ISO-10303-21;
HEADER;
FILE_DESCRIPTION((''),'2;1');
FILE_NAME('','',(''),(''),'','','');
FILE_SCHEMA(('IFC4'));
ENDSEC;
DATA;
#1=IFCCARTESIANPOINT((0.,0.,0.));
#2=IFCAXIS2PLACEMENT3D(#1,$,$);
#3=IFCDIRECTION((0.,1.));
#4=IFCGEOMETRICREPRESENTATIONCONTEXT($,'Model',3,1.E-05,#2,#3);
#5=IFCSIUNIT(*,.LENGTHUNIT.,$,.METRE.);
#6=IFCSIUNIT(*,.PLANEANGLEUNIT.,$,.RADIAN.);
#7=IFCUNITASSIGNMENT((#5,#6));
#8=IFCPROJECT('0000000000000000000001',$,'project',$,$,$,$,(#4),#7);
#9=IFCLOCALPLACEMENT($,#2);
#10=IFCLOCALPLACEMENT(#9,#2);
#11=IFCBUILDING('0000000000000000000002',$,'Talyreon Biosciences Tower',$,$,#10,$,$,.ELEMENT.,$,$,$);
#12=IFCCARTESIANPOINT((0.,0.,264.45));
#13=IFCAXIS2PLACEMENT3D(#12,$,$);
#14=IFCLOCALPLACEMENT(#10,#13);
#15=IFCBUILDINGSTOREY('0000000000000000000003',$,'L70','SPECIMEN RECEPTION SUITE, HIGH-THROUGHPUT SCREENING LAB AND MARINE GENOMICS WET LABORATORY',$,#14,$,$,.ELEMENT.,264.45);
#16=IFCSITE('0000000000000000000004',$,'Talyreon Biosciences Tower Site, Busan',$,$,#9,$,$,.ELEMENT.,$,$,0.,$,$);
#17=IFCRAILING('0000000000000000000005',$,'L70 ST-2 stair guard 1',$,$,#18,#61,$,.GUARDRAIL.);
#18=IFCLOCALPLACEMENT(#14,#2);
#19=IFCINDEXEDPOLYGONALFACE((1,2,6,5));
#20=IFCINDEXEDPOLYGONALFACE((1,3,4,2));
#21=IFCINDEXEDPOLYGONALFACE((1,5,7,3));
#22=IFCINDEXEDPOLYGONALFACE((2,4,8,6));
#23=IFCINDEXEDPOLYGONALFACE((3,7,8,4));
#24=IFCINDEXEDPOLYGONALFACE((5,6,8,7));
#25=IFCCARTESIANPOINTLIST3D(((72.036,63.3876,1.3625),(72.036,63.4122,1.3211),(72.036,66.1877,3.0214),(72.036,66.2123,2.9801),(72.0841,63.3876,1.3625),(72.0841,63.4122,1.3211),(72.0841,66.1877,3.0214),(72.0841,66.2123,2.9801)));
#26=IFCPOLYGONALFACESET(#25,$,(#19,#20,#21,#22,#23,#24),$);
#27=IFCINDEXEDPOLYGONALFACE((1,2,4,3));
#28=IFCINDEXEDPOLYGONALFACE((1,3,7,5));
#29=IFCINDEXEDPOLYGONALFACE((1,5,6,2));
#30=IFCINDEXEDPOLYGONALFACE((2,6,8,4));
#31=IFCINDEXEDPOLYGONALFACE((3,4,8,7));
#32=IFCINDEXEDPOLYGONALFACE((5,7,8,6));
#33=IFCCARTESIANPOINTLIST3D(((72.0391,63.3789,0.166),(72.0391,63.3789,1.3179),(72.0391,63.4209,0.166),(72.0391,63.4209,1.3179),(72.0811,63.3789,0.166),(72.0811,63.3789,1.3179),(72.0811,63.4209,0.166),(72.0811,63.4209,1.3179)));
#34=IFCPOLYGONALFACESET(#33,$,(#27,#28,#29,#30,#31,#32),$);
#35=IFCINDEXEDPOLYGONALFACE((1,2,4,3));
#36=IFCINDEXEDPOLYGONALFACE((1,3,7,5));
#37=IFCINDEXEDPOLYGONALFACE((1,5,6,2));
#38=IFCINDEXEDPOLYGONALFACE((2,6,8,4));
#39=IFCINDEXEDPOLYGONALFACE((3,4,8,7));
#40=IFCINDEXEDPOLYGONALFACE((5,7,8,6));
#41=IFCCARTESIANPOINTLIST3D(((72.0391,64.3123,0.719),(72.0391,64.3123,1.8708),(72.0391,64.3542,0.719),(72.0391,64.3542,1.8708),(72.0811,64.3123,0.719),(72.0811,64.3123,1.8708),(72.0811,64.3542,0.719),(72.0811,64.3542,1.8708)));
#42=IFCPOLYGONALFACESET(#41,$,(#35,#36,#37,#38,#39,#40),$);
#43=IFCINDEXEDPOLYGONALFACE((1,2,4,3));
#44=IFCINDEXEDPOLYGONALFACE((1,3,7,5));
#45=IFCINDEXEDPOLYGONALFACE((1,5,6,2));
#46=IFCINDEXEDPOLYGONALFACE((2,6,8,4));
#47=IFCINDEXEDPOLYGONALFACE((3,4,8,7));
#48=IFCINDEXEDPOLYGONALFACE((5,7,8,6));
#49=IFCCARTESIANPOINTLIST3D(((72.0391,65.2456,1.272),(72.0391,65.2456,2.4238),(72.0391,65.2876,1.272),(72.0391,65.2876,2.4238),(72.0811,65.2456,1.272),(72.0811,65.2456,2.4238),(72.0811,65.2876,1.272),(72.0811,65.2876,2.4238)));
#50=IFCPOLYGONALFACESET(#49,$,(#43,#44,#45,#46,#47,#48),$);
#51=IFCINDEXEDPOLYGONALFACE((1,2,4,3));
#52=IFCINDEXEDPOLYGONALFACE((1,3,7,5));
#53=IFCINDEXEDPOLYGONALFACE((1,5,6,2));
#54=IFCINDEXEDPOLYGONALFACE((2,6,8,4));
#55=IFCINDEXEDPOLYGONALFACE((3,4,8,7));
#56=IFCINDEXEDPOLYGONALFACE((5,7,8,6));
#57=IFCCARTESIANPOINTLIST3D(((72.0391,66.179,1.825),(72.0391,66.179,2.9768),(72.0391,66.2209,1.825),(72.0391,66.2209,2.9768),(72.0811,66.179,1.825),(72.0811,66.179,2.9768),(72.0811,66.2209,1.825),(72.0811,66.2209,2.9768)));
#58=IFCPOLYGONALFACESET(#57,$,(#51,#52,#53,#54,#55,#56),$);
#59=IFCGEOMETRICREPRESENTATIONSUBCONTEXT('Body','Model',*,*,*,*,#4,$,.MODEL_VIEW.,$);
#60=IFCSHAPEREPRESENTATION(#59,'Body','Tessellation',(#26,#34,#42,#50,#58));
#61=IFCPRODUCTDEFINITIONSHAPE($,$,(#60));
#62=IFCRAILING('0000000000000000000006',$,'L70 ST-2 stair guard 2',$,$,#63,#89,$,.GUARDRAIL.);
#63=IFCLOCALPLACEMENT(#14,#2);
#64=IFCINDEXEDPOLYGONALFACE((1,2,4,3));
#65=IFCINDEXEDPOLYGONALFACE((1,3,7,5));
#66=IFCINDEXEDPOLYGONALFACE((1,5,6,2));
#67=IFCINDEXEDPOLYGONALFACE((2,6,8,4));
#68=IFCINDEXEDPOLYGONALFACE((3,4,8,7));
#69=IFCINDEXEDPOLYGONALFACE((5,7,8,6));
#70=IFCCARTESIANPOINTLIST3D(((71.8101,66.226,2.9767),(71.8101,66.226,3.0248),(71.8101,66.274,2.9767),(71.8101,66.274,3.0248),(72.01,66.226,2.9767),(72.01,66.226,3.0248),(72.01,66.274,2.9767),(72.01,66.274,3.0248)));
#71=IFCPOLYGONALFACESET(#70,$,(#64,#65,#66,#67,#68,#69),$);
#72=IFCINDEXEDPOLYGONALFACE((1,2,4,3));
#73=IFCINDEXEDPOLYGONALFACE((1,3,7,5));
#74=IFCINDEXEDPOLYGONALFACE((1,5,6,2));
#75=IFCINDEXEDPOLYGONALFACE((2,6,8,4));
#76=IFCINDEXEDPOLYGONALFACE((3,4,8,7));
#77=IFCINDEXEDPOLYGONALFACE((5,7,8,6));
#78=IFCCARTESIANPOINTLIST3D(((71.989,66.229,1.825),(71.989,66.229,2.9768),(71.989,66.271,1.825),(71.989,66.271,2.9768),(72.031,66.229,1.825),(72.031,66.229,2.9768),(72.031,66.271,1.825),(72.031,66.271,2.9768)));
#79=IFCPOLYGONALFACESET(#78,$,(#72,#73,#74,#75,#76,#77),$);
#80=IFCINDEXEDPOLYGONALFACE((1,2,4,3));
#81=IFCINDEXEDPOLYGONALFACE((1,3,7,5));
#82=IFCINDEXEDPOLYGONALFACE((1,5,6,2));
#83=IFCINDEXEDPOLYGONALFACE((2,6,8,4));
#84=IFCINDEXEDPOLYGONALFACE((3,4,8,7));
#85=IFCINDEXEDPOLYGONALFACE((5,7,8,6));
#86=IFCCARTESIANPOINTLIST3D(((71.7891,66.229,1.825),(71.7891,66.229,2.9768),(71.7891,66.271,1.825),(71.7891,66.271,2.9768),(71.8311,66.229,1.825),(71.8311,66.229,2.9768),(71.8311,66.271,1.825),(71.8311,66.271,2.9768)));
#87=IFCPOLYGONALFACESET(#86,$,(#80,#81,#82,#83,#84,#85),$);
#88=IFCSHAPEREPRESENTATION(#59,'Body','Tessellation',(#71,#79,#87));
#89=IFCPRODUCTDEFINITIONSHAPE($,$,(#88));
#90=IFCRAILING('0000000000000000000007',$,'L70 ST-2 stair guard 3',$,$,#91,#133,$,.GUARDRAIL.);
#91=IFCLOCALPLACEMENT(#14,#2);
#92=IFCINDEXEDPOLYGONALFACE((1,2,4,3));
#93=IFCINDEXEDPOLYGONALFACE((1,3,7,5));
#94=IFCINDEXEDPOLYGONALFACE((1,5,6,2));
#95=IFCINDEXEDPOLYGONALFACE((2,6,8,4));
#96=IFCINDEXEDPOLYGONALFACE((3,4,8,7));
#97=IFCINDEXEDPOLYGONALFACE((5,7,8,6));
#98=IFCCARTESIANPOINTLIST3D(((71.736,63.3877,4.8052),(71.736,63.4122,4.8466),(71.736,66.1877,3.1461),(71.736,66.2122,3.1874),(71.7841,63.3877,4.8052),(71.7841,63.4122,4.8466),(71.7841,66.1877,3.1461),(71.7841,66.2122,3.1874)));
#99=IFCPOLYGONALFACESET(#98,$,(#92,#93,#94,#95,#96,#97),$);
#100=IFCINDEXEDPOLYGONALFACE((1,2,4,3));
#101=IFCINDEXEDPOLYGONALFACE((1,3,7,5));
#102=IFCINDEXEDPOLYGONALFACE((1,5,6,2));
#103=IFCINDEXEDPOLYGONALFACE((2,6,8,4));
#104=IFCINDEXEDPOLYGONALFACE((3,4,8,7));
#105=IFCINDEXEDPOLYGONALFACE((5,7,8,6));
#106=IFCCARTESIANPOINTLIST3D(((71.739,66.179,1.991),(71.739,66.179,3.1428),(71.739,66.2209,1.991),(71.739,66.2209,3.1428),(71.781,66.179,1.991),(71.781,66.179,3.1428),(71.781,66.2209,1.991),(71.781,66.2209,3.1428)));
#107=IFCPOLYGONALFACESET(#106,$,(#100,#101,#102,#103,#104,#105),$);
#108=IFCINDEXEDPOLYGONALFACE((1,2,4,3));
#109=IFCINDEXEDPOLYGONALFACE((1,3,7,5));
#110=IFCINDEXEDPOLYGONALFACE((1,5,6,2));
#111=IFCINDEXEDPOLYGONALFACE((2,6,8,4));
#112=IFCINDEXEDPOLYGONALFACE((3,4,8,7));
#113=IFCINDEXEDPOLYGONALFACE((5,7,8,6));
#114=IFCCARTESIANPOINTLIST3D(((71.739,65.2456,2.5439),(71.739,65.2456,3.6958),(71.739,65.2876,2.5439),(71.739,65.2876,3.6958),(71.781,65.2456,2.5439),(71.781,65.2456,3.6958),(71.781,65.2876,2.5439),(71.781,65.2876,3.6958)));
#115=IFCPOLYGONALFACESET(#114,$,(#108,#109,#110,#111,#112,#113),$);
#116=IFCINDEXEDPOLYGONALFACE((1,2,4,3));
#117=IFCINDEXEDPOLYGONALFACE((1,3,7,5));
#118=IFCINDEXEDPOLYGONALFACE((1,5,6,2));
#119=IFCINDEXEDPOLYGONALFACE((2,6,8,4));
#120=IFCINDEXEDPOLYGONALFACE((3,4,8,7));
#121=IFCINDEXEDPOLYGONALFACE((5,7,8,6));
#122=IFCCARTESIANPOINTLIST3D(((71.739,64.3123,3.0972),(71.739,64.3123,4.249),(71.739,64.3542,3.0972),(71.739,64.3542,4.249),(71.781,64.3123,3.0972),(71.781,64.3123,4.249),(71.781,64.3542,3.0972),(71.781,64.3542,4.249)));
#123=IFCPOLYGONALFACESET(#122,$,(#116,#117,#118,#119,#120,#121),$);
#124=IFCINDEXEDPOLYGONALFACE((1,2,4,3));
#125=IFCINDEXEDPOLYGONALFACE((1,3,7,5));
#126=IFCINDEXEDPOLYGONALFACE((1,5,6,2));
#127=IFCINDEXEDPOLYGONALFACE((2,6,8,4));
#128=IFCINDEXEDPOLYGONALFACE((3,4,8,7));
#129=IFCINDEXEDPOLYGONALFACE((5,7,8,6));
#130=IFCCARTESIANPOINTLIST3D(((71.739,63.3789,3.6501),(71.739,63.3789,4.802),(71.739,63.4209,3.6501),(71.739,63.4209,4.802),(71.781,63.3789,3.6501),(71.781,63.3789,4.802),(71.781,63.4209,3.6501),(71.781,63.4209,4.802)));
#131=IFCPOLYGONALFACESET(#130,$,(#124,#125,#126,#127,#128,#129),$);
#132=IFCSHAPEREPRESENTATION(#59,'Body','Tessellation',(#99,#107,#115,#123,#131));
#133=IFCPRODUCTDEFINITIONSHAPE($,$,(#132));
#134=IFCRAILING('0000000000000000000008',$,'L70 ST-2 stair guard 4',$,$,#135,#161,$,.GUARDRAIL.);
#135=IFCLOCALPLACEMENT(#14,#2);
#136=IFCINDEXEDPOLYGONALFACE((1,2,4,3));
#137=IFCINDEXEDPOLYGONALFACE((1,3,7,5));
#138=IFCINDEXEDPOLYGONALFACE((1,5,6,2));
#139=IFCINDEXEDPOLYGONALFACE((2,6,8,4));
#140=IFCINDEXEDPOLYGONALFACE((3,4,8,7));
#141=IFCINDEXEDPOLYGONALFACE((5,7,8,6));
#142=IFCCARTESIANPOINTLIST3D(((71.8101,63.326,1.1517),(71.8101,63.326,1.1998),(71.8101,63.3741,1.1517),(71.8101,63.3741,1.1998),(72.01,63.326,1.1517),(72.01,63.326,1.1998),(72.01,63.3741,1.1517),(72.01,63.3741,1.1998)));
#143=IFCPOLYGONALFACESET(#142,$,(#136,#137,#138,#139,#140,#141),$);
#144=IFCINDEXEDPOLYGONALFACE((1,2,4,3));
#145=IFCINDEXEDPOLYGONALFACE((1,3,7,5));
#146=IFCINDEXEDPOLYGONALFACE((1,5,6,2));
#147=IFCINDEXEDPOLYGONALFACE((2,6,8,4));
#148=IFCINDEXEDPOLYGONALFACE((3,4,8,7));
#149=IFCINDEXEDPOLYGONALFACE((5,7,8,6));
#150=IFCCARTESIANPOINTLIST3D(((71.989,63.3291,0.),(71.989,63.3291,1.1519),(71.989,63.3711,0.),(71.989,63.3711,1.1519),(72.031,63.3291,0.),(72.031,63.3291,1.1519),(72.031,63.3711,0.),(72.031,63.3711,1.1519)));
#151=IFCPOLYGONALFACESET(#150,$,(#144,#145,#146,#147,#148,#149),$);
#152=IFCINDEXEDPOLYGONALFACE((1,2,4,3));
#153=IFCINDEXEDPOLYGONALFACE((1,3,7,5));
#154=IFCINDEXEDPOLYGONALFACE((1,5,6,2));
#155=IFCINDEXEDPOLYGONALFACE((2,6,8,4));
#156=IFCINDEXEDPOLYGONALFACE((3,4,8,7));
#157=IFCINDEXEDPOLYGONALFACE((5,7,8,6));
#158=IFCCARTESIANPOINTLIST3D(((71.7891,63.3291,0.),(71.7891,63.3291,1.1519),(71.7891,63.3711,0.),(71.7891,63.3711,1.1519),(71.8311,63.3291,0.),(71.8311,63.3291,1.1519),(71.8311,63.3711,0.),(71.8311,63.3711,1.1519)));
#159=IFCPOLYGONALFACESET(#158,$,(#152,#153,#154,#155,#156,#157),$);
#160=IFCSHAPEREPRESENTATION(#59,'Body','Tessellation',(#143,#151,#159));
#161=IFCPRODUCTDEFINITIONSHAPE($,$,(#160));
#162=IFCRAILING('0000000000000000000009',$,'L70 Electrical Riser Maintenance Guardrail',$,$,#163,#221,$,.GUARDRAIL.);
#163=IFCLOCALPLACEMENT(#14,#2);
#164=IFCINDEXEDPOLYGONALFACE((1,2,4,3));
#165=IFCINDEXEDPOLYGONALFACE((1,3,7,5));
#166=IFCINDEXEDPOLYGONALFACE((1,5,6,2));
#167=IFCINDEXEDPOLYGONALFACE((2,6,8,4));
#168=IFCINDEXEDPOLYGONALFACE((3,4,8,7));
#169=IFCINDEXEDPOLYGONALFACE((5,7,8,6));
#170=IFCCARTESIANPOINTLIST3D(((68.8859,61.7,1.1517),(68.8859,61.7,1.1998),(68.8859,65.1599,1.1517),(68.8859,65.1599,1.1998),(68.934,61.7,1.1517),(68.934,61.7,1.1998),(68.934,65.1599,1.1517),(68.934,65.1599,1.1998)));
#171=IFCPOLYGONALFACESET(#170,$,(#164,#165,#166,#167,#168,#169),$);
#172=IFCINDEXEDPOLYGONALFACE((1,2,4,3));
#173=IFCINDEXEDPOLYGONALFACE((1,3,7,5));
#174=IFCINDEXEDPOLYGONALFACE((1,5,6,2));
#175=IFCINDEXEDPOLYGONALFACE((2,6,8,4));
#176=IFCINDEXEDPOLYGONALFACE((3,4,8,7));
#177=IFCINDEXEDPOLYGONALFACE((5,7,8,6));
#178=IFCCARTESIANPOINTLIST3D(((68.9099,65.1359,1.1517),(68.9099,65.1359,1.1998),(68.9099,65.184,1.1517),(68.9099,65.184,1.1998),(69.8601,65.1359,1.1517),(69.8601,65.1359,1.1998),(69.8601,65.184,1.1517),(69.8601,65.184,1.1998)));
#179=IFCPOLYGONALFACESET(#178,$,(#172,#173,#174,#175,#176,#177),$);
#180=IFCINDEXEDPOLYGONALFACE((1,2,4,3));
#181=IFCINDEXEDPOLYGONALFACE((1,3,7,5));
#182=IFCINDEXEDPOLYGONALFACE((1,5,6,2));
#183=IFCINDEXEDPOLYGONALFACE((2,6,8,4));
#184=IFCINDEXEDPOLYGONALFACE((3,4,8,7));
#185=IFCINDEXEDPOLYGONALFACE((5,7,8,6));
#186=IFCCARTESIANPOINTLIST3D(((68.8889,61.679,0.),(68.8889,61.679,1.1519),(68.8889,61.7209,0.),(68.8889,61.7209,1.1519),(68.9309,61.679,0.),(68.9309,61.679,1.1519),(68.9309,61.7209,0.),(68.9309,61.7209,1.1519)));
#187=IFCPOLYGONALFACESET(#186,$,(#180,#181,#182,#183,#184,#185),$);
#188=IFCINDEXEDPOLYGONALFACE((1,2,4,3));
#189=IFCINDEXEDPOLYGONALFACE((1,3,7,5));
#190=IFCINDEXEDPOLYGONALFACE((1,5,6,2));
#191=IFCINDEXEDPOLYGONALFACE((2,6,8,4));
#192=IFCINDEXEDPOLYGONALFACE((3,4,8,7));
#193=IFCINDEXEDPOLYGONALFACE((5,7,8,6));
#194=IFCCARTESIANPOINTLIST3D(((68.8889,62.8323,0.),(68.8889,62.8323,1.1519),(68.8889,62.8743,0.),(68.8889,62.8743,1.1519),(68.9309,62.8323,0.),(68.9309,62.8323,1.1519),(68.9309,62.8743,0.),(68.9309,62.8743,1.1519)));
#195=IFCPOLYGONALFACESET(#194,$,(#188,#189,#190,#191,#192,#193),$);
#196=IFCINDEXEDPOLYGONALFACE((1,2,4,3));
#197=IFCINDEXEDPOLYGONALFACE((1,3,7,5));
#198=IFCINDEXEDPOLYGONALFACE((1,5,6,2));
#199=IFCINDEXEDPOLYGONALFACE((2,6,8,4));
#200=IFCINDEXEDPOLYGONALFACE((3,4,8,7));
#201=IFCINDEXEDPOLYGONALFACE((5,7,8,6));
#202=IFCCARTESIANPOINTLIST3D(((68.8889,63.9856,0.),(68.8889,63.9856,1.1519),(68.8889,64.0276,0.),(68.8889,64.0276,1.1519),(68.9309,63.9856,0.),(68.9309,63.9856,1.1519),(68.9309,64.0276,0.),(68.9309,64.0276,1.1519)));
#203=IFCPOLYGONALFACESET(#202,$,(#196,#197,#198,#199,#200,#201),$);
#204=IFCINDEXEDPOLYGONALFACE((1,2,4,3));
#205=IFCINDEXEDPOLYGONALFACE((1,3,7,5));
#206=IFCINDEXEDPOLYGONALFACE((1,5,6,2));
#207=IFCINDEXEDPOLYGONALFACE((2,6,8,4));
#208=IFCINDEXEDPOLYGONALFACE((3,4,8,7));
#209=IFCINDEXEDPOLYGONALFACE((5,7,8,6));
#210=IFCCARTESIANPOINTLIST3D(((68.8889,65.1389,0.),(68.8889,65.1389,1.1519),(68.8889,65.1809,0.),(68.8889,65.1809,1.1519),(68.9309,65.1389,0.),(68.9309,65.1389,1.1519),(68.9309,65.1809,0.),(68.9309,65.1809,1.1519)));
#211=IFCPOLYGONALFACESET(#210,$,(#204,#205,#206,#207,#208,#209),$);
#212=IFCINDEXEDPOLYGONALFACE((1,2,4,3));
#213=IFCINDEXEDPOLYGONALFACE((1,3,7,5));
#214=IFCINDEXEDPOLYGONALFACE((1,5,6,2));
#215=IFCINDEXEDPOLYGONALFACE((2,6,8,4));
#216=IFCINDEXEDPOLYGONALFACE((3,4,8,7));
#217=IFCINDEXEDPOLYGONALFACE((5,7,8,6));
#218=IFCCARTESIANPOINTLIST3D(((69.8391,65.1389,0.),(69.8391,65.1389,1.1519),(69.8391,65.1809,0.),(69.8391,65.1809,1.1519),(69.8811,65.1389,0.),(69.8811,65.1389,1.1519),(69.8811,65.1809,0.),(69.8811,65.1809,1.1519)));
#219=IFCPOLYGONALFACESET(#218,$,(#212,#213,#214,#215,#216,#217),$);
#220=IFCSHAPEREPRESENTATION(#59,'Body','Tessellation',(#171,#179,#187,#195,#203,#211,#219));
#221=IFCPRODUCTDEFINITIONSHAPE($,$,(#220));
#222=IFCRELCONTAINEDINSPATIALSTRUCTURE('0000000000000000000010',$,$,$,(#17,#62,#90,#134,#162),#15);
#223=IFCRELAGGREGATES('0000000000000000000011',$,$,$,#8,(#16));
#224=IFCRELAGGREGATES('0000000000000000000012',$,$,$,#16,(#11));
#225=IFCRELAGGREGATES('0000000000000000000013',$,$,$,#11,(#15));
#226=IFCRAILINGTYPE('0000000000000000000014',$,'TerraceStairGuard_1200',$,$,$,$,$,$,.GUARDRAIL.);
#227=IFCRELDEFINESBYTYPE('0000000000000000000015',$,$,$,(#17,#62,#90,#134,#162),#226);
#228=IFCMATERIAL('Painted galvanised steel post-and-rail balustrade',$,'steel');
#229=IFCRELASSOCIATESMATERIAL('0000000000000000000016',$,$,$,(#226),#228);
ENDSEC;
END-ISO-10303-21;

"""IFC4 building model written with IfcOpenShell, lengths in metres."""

from ifc_helpers import new_model, si_unit, direction, frame, origin, origin_2d, place, context, subcontext, project, spatial, rectangle, extrude, material, type_object, element, save


model = new_model("IFC4")

# Units and contexts
model_context = context("Model", 3, precision=1e-05, world=origin(), true_north=direction((0.0, 1.0)))
body_context = subcontext(model_context, "Body", "Model", "MODEL_VIEW")
ifc_project = project(units=[si_unit("LENGTHUNIT", "METRE"), si_unit("PLANEANGLEUNIT", "RADIAN")], contexts=[model_context])

# Site, building, storey
site_placement = place(None, origin())
site = spatial("IfcSite", under=ifc_project, at=site_placement, Name="Talyreon Biosciences Tower Site, Busan", CompositionType="ELEMENT", RefElevation=0.0)
building_placement = place(site_placement, origin())
building = spatial("IfcBuilding", under=site, at=building_placement, Name="Talyreon Biosciences Tower", CompositionType="ELEMENT")
storey_placement = place(building_placement, frame((0.0, 0.0, 264.45)))
storey = spatial("IfcBuildingStorey", under=building, at=storey_placement, Name="L70", Description="SPECIMEN RECEPTION SUITE, HIGH-THROUGHPUT SCREENING LAB AND MARINE GENOMICS WET LABORATORY", CompositionType="ELEMENT", Elevation=264.45)

# Railings
ifc_material_1 = material(Name="Painted galvanised steel post-and-rail balustrade", Category="steel")
railing_type_1 = type_object("IfcRailingType", Name="TerraceStairGuard_1200", PredefinedType="GUARDRAIL", material=ifc_material_1)
railing_1_placement = place(storey_placement, frame((72.0601, 63.3999, 0.166)))
element("IfcRailing", 1, at=railing_1_placement, inside=storey, type_object=railing_type_1, Name="L70 ST-2 stair guard 1", PredefinedType="GUARDRAIL", context=body_context, shape_type="SweptSolid", body=[
    extrude(rectangle(XDim=0.0481, YDim=0.0481, at=origin_2d()), frame((0.0, 0.0, 1.1758), z_axis=(0.0, 0.860339, 0.509722), x_axis=(-1.0, 0.0, 0.0)), (0.0, 0.0, 1.0), 3.2546),
    extrude(rectangle(XDim=0.042, YDim=0.042, at=origin_2d()), origin(), (0.0, 0.0, 1.0), 1.1519),
    extrude(rectangle(XDim=0.042, YDim=0.042, at=origin_2d()), frame((0.0, 0.9333, 0.553)), (0.0, 0.0, 1.0), 1.1519),
    extrude(rectangle(XDim=0.042, YDim=0.042, at=origin_2d()), frame((0.0, 1.8667, 1.106)), (0.0, 0.0, 1.0), 1.1519),
    extrude(rectangle(XDim=0.042, YDim=0.042, at=origin_2d()), frame((0.0, 2.8, 1.6589)), (0.0, 0.0, 1.0), 1.1519),
])
railing_2_placement = place(storey_placement, frame((72.01, 66.25, 1.825)))
element("IfcRailing", 2, at=railing_2_placement, inside=storey, type_object=railing_type_1, Name="L70 ST-2 stair guard 2", PredefinedType="GUARDRAIL", context=body_context, shape_type="SweptSolid", body=[
    extrude(rectangle(XDim=0.0481, YDim=0.0481, at=origin_2d()), frame((0.0, 0.0, 1.1758), z_axis=(-1.0, 0.0, 0.0), x_axis=(0.0, -1.0, 0.0)), (0.0, 0.0, 1.0), 0.2),
    extrude(rectangle(XDim=0.042, YDim=0.042, at=origin_2d()), origin(), (0.0, 0.0, 1.0), 1.1519),
    extrude(rectangle(XDim=0.042, YDim=0.042, at=origin_2d()), frame((-0.2, 0.0, 0.0)), (0.0, 0.0, 1.0), 1.1519),
])
railing_3_placement = place(storey_placement, frame((71.76, 66.2, 1.991)))
element("IfcRailing", 3, at=railing_3_placement, inside=storey, type_object=railing_type_1, Name="L70 ST-2 stair guard 3", PredefinedType="GUARDRAIL", context=body_context, shape_type="SweptSolid", body=[
    extrude(rectangle(XDim=0.0481, YDim=0.0481, at=origin_2d()), frame((0.0, 0.0, 1.1758), z_axis=(0.0, -0.860306, 0.509778), x_axis=(1.0, 0.0, 0.0)), (0.0, 0.0, 1.0), 3.2546),
    extrude(rectangle(XDim=0.042, YDim=0.042, at=origin_2d()), origin(), (0.0, 0.0, 1.0), 1.1519),
    extrude(rectangle(XDim=0.042, YDim=0.042, at=origin_2d()), frame((0.0, -0.9333, 0.553)), (0.0, 0.0, 1.0), 1.1519),
    extrude(rectangle(XDim=0.042, YDim=0.042, at=origin_2d()), frame((0.0, -1.8667, 1.1062)), (0.0, 0.0, 1.0), 1.1519),
    extrude(rectangle(XDim=0.042, YDim=0.042, at=origin_2d()), frame((0.0, -2.8, 1.6592)), (0.0, 0.0, 1.0), 1.1519),
])
railing_4_placement = place(storey_placement, frame((72.01, 63.3501, 0.0)))
element("IfcRailing", 4, at=railing_4_placement, inside=storey, type_object=railing_type_1, Name="L70 ST-2 stair guard 4", PredefinedType="GUARDRAIL", context=body_context, shape_type="SweptSolid", body=[
    extrude(rectangle(XDim=0.0481, YDim=0.0481, at=origin_2d()), frame((0.0, 0.0, 1.1758), z_axis=(-1.0, 0.0, 0.0), x_axis=(0.0, -1.0, 0.0)), (0.0, 0.0, 1.0), 0.2),
    extrude(rectangle(XDim=0.042, YDim=0.042, at=origin_2d()), origin(), (0.0, 0.0, 1.0), 1.1519),
    extrude(rectangle(XDim=0.042, YDim=0.042, at=origin_2d()), frame((-0.2, 0.0, 0.0)), (0.0, 0.0, 1.0), 1.1519),
])
railing_5_placement = place(storey_placement, frame((68.9099, 61.7, 0.0)))
element("IfcRailing", 5, at=railing_5_placement, inside=storey, type_object=railing_type_1, Name="L70 Electrical Riser Maintenance Guardrail", PredefinedType="GUARDRAIL", context=body_context, shape_type="SweptSolid", body=[
    extrude(rectangle(XDim=0.0481, YDim=0.0481, at=origin_2d()), frame((0.0, 0.0, 1.1758), z_axis=(0.0, 1.0, 0.0), x_axis=(-1.0, 0.0, 0.0)), (0.0, 0.0, 1.0), 3.46),
    extrude(rectangle(XDim=0.0481, YDim=0.0481, at=origin_2d()), frame((0.0, 3.46, 1.1758), z_axis=(1.0, 0.0, 0.0), x_axis=(0.0, 1.0, 0.0)), (0.0, 0.0, 1.0), 0.9502),
    extrude(rectangle(XDim=0.042, YDim=0.042, at=origin_2d()), origin(), (0.0, 0.0, 1.0), 1.1519),
    extrude(rectangle(XDim=0.042, YDim=0.042, at=origin_2d()), frame((0.0, 1.1533, 0.0)), (0.0, 0.0, 1.0), 1.1519),
    extrude(rectangle(XDim=0.042, YDim=0.042, at=origin_2d()), frame((0.0, 2.3066, 0.0)), (0.0, 0.0, 1.0), 1.1519),
    extrude(rectangle(XDim=0.042, YDim=0.042, at=origin_2d()), frame((0.0, 3.46, 0.0)), (0.0, 0.0, 1.0), 1.1519),
    extrude(rectangle(XDim=0.042, YDim=0.042, at=origin_2d()), frame((0.9502, 3.46, 0.0)), (0.0, 0.0, 1.0), 1.1519),
])

save(model, "model.ifc")
